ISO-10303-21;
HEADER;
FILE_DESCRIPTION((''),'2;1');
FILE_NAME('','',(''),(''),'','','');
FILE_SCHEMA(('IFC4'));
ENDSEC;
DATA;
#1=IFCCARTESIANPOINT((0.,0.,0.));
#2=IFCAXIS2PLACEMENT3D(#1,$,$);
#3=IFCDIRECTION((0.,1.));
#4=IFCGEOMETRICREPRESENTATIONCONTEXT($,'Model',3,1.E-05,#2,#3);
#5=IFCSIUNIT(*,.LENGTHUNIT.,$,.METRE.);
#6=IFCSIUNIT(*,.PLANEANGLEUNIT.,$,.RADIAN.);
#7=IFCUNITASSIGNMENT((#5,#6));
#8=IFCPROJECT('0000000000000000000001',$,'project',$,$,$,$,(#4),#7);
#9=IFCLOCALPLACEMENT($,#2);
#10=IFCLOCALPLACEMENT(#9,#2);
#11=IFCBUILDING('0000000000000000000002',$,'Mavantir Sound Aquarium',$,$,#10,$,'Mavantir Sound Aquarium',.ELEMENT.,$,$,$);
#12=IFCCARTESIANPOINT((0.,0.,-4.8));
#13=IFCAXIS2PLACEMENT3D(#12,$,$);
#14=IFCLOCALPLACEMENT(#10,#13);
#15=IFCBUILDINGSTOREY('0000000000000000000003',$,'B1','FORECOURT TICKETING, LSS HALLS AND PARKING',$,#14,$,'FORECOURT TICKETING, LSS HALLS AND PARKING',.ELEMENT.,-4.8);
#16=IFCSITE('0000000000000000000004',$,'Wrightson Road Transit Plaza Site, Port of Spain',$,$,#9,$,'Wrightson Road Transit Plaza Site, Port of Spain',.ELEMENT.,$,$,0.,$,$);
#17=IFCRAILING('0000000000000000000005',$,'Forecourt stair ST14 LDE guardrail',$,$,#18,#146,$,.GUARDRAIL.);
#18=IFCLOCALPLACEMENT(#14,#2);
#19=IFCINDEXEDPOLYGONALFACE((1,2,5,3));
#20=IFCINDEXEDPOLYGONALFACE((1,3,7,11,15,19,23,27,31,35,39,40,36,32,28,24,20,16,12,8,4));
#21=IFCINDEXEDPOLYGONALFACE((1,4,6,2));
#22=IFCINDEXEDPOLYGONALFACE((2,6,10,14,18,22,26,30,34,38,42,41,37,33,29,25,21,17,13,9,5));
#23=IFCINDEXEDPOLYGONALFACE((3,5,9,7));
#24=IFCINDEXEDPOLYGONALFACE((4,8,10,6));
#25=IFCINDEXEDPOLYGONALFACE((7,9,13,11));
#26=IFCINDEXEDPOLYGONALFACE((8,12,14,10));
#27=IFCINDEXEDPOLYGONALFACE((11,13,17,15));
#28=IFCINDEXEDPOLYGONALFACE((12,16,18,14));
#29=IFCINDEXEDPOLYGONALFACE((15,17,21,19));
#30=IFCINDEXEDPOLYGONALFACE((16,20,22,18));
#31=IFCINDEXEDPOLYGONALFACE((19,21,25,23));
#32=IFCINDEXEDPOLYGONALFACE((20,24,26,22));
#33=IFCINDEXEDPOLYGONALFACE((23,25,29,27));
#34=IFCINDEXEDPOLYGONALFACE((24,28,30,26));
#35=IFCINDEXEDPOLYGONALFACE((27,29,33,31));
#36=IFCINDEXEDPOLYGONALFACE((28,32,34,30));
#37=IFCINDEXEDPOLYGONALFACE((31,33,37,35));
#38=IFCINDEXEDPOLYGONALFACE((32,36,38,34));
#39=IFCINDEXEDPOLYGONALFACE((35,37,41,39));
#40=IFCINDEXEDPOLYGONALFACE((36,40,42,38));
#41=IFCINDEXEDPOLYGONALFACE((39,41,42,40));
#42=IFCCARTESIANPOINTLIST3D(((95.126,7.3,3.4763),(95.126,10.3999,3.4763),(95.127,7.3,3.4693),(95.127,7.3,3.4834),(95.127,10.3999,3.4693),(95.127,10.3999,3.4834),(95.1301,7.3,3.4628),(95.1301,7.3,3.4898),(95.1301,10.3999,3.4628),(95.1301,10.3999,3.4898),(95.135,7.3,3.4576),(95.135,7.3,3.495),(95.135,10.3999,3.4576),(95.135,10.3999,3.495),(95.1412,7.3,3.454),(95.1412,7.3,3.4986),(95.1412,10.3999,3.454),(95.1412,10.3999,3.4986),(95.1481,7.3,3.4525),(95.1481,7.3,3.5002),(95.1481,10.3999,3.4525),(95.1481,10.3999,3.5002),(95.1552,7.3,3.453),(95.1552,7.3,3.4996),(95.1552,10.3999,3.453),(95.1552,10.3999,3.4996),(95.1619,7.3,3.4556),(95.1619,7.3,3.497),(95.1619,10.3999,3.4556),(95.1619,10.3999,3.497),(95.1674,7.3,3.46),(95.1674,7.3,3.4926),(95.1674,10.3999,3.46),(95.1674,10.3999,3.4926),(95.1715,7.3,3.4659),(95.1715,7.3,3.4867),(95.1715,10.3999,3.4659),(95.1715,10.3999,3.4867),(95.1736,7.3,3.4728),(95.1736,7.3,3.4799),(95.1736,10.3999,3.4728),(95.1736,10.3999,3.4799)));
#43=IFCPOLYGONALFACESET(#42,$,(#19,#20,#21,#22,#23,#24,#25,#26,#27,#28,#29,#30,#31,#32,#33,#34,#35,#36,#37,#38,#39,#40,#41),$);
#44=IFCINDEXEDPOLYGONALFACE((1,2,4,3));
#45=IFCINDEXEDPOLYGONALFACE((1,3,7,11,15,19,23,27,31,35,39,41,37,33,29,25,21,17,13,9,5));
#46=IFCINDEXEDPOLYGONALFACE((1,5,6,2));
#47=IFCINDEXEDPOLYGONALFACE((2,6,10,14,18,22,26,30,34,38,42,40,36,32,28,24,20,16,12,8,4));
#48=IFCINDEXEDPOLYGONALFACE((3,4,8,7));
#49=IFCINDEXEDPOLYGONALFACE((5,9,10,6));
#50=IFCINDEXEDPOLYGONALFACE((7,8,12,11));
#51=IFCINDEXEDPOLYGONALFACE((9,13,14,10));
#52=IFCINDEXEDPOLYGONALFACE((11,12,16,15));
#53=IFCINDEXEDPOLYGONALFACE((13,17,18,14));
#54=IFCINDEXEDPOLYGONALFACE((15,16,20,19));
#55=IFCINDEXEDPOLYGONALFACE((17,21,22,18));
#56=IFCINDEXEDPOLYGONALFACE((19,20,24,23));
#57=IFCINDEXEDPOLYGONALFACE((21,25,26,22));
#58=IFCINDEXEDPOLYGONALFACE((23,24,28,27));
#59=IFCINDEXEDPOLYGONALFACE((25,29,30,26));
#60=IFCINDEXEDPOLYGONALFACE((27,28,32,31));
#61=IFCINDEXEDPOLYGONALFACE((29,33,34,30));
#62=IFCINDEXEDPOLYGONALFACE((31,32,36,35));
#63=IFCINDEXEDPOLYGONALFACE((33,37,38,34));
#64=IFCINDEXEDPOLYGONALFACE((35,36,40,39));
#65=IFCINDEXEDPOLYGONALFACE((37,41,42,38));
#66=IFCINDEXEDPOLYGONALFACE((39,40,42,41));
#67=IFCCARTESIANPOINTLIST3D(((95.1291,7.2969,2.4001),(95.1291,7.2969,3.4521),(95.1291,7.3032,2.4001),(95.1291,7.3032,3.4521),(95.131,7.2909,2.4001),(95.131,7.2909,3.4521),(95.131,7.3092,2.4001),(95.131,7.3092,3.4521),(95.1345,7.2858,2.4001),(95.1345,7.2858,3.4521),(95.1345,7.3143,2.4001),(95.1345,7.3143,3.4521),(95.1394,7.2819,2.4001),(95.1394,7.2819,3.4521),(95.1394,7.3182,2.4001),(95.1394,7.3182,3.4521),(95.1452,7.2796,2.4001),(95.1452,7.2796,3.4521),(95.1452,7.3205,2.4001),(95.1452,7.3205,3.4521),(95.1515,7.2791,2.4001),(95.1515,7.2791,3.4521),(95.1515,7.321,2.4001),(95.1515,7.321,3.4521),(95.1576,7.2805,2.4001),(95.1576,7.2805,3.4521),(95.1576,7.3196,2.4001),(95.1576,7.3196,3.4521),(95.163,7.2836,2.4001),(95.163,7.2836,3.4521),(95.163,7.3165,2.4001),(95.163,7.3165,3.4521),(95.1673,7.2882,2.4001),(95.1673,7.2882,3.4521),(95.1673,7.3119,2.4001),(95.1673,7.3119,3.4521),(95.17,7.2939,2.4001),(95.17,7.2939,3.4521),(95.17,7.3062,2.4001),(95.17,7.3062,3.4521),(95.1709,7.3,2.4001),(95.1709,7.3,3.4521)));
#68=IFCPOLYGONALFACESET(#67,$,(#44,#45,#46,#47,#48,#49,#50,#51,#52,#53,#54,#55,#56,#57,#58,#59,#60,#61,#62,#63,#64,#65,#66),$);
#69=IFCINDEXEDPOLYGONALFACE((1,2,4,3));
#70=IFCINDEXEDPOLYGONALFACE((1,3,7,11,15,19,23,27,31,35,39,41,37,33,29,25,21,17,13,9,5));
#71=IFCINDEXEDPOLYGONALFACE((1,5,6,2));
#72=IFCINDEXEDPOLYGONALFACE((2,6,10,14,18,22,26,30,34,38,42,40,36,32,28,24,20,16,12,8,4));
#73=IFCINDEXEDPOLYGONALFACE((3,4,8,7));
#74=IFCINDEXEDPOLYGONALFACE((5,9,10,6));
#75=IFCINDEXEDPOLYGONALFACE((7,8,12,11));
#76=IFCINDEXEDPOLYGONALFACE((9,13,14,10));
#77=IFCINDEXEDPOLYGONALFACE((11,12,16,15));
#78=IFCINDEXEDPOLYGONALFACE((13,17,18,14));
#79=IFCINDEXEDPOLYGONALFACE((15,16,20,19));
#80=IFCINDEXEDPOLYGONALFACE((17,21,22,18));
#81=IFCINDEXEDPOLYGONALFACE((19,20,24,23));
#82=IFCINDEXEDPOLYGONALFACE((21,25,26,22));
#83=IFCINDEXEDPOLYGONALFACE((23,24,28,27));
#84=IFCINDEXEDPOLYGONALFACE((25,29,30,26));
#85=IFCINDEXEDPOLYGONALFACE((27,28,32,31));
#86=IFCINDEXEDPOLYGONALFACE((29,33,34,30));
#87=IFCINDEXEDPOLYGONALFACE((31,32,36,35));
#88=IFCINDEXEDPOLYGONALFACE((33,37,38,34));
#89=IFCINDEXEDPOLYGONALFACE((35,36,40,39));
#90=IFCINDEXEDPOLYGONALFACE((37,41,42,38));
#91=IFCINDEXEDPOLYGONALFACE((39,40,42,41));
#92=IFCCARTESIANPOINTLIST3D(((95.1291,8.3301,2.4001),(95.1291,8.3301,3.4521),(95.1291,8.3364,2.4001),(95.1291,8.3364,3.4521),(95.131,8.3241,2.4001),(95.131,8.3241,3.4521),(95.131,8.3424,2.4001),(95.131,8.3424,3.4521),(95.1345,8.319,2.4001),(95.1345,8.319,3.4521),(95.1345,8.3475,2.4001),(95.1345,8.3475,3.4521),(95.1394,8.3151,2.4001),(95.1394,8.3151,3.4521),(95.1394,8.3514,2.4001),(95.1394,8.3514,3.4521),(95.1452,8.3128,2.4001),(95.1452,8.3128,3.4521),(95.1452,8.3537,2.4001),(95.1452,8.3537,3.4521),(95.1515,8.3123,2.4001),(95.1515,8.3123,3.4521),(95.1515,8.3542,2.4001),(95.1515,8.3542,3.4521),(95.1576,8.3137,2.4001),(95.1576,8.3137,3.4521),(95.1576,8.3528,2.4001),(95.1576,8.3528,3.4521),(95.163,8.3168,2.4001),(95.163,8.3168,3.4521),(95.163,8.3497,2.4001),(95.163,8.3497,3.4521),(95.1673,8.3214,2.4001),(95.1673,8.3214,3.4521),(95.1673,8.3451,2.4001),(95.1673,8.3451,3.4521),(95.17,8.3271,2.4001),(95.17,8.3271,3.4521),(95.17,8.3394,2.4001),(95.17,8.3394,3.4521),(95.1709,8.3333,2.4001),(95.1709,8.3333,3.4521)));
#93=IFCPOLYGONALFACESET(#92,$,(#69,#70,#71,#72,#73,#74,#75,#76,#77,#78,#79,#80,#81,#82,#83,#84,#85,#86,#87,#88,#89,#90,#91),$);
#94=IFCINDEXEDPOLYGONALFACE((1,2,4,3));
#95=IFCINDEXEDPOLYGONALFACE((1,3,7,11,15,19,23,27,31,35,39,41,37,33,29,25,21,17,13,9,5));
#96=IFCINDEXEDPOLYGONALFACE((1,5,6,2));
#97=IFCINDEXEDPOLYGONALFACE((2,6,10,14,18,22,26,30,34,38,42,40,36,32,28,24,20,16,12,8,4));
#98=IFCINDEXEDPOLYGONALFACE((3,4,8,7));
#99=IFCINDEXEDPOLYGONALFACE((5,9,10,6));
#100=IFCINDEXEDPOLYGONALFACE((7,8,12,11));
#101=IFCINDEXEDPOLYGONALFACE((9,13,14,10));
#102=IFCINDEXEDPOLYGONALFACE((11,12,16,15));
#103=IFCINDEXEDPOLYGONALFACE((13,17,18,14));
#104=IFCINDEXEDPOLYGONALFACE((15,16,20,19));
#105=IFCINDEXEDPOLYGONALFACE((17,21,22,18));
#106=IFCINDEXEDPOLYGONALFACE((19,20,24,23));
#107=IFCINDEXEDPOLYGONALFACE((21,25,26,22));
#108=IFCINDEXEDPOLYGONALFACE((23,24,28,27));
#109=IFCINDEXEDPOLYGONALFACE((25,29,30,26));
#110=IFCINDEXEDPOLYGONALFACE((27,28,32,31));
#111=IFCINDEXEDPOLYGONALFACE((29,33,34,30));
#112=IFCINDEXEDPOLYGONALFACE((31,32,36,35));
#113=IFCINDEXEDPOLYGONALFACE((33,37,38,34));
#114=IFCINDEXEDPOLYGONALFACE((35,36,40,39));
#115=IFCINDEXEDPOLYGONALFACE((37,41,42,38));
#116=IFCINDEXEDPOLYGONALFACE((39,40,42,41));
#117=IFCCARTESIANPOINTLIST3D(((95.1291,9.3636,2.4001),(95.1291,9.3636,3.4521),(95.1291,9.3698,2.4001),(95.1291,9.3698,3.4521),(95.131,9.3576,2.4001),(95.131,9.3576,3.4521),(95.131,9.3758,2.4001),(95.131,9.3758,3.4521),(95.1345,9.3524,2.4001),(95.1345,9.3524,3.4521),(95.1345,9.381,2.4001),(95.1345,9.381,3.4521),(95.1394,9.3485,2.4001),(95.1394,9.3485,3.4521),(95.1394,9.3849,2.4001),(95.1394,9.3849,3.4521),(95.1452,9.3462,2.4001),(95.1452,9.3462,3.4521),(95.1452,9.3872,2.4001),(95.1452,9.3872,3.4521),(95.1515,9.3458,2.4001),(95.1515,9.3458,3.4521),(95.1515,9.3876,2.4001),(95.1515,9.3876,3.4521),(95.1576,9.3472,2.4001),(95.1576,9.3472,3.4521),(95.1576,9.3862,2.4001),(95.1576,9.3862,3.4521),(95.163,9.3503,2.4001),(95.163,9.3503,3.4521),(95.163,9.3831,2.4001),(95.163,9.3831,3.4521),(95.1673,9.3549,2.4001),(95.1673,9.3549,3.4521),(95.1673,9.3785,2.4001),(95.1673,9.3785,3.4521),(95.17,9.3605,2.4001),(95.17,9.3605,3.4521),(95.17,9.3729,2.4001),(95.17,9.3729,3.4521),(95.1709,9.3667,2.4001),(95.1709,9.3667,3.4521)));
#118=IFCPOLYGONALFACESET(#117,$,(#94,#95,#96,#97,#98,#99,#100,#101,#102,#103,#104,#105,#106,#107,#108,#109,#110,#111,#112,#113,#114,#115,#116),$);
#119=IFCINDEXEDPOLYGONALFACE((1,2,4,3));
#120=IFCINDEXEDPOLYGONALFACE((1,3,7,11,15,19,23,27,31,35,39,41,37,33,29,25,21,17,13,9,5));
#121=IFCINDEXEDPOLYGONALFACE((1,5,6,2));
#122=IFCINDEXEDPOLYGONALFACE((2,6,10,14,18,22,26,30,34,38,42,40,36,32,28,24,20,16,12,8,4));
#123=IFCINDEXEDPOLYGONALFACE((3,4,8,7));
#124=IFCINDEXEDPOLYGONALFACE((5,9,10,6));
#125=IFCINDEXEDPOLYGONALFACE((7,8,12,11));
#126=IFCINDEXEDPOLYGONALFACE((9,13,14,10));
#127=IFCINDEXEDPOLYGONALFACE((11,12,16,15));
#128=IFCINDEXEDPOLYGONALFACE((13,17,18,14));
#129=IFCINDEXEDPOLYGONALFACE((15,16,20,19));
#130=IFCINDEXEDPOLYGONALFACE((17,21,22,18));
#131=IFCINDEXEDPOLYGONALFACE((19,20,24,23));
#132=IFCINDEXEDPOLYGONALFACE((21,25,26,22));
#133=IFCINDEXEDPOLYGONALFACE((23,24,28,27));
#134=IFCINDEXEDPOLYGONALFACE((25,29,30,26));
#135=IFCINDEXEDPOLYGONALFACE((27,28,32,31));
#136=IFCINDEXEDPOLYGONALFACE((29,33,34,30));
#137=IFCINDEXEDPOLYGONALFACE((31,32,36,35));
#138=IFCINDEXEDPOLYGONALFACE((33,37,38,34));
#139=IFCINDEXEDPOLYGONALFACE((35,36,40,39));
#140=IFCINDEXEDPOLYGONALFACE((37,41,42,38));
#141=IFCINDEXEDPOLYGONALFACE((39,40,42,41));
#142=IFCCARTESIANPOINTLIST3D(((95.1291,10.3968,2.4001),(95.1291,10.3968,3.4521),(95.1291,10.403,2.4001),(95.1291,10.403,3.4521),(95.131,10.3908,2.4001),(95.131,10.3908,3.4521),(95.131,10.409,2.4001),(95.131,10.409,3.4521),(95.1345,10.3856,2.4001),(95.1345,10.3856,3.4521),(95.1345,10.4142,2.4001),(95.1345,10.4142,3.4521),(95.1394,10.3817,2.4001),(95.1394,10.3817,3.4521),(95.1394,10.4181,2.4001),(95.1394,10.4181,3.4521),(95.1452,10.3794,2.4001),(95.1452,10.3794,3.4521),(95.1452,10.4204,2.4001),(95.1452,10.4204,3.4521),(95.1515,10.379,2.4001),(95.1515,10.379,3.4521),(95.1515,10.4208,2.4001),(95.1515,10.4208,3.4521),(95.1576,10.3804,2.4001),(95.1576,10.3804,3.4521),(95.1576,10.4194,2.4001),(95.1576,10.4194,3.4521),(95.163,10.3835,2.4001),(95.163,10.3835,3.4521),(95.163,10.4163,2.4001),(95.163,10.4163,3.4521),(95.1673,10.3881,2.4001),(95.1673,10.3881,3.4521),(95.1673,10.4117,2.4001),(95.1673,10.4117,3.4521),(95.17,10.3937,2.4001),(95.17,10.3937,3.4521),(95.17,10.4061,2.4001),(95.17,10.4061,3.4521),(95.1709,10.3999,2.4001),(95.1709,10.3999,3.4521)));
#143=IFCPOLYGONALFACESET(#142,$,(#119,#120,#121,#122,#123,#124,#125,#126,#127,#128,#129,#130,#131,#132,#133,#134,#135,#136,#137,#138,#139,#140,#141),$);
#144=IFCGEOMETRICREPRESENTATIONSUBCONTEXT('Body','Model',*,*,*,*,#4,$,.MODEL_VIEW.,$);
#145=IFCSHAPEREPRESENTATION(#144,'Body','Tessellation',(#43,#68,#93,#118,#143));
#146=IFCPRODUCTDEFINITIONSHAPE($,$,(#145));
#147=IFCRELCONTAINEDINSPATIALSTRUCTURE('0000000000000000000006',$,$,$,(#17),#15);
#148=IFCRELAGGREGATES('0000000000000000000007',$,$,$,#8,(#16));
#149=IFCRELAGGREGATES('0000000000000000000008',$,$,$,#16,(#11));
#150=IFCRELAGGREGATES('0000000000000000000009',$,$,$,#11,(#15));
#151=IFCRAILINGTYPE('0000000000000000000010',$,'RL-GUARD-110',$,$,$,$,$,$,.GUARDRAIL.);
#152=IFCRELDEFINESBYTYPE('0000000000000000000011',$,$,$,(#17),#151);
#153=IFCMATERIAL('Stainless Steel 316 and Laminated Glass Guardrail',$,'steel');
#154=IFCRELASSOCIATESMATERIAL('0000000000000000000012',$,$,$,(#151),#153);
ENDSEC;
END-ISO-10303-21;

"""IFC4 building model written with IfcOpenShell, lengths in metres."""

from ifc_helpers import new_model, si_unit, direction, frame, origin, origin_2d, place, context, subcontext, project, spatial, circle, extrude, material, type_object, element, save


model = new_model("IFC4")

# Units and contexts
model_context = context("Model", 3, precision=1e-05, world=origin(), true_north=direction((0.0, 1.0)))
body_context = subcontext(model_context, "Body", "Model", "MODEL_VIEW")
ifc_project = project(units=[si_unit("LENGTHUNIT", "METRE"), si_unit("PLANEANGLEUNIT", "RADIAN")], contexts=[model_context])

# Site, building, storey
site_placement = place(None, origin())
site = spatial("IfcSite", under=ifc_project, at=site_placement, Name="Wrightson Road Transit Plaza Site, Port of Spain", LongName="Wrightson Road Transit Plaza Site, Port of Spain", CompositionType="ELEMENT", RefElevation=0.0)
building_placement = place(site_placement, origin())
building = spatial("IfcBuilding", under=site, at=building_placement, Name="Mavantir Sound Aquarium", LongName="Mavantir Sound Aquarium", CompositionType="ELEMENT")
storey_placement = place(building_placement, frame((0.0, 0.0, -4.8)))
storey = spatial("IfcBuildingStorey", under=building, at=storey_placement, Name="B1", Description="FORECOURT TICKETING, LSS HALLS AND PARKING", LongName="FORECOURT TICKETING, LSS HALLS AND PARKING", CompositionType="ELEMENT", Elevation=-4.8)

# Railing
ifc_material_1 = material(Name="Stainless Steel 316 and Laminated Glass Guardrail", Category="steel")
railing_type_1 = type_object("IfcRailingType", Name="RL-GUARD-110", PredefinedType="GUARDRAIL", material=ifc_material_1)
railing_1_placement = place(storey_placement, frame((95.1499, 7.3, 2.4001)))
element("IfcRailing", 1, at=railing_1_placement, inside=storey, type_object=railing_type_1, Name="Forecourt stair ST14 LDE guardrail", PredefinedType="GUARDRAIL", context=body_context, shape_type="SweptSolid", body=[
    extrude(circle(Radius=0.0239, at=origin_2d()), frame((0.0, 0.0, 1.0762), z_axis=(0.0, 1.0, 0.0), x_axis=(-1.0, 0.0, 0.0)), (0.0, 0.0, 1.0), 3.0999),
    extrude(circle(Radius=0.021, at=origin_2d()), origin(), (0.0, 0.0, 1.0), 1.052),
    extrude(circle(Radius=0.021, at=origin_2d()), frame((0.0, 1.0332, 0.0)), (0.0, 0.0, 1.0), 1.052),
    extrude(circle(Radius=0.021, at=origin_2d()), frame((0.0, 2.0667, 0.0)), (0.0, 0.0, 1.0), 1.052),
    extrude(circle(Radius=0.021, at=origin_2d()), frame((0.0, 3.0999, 0.0)), (0.0, 0.0, 1.0), 1.052),
])

save(model, "model.ifc")
